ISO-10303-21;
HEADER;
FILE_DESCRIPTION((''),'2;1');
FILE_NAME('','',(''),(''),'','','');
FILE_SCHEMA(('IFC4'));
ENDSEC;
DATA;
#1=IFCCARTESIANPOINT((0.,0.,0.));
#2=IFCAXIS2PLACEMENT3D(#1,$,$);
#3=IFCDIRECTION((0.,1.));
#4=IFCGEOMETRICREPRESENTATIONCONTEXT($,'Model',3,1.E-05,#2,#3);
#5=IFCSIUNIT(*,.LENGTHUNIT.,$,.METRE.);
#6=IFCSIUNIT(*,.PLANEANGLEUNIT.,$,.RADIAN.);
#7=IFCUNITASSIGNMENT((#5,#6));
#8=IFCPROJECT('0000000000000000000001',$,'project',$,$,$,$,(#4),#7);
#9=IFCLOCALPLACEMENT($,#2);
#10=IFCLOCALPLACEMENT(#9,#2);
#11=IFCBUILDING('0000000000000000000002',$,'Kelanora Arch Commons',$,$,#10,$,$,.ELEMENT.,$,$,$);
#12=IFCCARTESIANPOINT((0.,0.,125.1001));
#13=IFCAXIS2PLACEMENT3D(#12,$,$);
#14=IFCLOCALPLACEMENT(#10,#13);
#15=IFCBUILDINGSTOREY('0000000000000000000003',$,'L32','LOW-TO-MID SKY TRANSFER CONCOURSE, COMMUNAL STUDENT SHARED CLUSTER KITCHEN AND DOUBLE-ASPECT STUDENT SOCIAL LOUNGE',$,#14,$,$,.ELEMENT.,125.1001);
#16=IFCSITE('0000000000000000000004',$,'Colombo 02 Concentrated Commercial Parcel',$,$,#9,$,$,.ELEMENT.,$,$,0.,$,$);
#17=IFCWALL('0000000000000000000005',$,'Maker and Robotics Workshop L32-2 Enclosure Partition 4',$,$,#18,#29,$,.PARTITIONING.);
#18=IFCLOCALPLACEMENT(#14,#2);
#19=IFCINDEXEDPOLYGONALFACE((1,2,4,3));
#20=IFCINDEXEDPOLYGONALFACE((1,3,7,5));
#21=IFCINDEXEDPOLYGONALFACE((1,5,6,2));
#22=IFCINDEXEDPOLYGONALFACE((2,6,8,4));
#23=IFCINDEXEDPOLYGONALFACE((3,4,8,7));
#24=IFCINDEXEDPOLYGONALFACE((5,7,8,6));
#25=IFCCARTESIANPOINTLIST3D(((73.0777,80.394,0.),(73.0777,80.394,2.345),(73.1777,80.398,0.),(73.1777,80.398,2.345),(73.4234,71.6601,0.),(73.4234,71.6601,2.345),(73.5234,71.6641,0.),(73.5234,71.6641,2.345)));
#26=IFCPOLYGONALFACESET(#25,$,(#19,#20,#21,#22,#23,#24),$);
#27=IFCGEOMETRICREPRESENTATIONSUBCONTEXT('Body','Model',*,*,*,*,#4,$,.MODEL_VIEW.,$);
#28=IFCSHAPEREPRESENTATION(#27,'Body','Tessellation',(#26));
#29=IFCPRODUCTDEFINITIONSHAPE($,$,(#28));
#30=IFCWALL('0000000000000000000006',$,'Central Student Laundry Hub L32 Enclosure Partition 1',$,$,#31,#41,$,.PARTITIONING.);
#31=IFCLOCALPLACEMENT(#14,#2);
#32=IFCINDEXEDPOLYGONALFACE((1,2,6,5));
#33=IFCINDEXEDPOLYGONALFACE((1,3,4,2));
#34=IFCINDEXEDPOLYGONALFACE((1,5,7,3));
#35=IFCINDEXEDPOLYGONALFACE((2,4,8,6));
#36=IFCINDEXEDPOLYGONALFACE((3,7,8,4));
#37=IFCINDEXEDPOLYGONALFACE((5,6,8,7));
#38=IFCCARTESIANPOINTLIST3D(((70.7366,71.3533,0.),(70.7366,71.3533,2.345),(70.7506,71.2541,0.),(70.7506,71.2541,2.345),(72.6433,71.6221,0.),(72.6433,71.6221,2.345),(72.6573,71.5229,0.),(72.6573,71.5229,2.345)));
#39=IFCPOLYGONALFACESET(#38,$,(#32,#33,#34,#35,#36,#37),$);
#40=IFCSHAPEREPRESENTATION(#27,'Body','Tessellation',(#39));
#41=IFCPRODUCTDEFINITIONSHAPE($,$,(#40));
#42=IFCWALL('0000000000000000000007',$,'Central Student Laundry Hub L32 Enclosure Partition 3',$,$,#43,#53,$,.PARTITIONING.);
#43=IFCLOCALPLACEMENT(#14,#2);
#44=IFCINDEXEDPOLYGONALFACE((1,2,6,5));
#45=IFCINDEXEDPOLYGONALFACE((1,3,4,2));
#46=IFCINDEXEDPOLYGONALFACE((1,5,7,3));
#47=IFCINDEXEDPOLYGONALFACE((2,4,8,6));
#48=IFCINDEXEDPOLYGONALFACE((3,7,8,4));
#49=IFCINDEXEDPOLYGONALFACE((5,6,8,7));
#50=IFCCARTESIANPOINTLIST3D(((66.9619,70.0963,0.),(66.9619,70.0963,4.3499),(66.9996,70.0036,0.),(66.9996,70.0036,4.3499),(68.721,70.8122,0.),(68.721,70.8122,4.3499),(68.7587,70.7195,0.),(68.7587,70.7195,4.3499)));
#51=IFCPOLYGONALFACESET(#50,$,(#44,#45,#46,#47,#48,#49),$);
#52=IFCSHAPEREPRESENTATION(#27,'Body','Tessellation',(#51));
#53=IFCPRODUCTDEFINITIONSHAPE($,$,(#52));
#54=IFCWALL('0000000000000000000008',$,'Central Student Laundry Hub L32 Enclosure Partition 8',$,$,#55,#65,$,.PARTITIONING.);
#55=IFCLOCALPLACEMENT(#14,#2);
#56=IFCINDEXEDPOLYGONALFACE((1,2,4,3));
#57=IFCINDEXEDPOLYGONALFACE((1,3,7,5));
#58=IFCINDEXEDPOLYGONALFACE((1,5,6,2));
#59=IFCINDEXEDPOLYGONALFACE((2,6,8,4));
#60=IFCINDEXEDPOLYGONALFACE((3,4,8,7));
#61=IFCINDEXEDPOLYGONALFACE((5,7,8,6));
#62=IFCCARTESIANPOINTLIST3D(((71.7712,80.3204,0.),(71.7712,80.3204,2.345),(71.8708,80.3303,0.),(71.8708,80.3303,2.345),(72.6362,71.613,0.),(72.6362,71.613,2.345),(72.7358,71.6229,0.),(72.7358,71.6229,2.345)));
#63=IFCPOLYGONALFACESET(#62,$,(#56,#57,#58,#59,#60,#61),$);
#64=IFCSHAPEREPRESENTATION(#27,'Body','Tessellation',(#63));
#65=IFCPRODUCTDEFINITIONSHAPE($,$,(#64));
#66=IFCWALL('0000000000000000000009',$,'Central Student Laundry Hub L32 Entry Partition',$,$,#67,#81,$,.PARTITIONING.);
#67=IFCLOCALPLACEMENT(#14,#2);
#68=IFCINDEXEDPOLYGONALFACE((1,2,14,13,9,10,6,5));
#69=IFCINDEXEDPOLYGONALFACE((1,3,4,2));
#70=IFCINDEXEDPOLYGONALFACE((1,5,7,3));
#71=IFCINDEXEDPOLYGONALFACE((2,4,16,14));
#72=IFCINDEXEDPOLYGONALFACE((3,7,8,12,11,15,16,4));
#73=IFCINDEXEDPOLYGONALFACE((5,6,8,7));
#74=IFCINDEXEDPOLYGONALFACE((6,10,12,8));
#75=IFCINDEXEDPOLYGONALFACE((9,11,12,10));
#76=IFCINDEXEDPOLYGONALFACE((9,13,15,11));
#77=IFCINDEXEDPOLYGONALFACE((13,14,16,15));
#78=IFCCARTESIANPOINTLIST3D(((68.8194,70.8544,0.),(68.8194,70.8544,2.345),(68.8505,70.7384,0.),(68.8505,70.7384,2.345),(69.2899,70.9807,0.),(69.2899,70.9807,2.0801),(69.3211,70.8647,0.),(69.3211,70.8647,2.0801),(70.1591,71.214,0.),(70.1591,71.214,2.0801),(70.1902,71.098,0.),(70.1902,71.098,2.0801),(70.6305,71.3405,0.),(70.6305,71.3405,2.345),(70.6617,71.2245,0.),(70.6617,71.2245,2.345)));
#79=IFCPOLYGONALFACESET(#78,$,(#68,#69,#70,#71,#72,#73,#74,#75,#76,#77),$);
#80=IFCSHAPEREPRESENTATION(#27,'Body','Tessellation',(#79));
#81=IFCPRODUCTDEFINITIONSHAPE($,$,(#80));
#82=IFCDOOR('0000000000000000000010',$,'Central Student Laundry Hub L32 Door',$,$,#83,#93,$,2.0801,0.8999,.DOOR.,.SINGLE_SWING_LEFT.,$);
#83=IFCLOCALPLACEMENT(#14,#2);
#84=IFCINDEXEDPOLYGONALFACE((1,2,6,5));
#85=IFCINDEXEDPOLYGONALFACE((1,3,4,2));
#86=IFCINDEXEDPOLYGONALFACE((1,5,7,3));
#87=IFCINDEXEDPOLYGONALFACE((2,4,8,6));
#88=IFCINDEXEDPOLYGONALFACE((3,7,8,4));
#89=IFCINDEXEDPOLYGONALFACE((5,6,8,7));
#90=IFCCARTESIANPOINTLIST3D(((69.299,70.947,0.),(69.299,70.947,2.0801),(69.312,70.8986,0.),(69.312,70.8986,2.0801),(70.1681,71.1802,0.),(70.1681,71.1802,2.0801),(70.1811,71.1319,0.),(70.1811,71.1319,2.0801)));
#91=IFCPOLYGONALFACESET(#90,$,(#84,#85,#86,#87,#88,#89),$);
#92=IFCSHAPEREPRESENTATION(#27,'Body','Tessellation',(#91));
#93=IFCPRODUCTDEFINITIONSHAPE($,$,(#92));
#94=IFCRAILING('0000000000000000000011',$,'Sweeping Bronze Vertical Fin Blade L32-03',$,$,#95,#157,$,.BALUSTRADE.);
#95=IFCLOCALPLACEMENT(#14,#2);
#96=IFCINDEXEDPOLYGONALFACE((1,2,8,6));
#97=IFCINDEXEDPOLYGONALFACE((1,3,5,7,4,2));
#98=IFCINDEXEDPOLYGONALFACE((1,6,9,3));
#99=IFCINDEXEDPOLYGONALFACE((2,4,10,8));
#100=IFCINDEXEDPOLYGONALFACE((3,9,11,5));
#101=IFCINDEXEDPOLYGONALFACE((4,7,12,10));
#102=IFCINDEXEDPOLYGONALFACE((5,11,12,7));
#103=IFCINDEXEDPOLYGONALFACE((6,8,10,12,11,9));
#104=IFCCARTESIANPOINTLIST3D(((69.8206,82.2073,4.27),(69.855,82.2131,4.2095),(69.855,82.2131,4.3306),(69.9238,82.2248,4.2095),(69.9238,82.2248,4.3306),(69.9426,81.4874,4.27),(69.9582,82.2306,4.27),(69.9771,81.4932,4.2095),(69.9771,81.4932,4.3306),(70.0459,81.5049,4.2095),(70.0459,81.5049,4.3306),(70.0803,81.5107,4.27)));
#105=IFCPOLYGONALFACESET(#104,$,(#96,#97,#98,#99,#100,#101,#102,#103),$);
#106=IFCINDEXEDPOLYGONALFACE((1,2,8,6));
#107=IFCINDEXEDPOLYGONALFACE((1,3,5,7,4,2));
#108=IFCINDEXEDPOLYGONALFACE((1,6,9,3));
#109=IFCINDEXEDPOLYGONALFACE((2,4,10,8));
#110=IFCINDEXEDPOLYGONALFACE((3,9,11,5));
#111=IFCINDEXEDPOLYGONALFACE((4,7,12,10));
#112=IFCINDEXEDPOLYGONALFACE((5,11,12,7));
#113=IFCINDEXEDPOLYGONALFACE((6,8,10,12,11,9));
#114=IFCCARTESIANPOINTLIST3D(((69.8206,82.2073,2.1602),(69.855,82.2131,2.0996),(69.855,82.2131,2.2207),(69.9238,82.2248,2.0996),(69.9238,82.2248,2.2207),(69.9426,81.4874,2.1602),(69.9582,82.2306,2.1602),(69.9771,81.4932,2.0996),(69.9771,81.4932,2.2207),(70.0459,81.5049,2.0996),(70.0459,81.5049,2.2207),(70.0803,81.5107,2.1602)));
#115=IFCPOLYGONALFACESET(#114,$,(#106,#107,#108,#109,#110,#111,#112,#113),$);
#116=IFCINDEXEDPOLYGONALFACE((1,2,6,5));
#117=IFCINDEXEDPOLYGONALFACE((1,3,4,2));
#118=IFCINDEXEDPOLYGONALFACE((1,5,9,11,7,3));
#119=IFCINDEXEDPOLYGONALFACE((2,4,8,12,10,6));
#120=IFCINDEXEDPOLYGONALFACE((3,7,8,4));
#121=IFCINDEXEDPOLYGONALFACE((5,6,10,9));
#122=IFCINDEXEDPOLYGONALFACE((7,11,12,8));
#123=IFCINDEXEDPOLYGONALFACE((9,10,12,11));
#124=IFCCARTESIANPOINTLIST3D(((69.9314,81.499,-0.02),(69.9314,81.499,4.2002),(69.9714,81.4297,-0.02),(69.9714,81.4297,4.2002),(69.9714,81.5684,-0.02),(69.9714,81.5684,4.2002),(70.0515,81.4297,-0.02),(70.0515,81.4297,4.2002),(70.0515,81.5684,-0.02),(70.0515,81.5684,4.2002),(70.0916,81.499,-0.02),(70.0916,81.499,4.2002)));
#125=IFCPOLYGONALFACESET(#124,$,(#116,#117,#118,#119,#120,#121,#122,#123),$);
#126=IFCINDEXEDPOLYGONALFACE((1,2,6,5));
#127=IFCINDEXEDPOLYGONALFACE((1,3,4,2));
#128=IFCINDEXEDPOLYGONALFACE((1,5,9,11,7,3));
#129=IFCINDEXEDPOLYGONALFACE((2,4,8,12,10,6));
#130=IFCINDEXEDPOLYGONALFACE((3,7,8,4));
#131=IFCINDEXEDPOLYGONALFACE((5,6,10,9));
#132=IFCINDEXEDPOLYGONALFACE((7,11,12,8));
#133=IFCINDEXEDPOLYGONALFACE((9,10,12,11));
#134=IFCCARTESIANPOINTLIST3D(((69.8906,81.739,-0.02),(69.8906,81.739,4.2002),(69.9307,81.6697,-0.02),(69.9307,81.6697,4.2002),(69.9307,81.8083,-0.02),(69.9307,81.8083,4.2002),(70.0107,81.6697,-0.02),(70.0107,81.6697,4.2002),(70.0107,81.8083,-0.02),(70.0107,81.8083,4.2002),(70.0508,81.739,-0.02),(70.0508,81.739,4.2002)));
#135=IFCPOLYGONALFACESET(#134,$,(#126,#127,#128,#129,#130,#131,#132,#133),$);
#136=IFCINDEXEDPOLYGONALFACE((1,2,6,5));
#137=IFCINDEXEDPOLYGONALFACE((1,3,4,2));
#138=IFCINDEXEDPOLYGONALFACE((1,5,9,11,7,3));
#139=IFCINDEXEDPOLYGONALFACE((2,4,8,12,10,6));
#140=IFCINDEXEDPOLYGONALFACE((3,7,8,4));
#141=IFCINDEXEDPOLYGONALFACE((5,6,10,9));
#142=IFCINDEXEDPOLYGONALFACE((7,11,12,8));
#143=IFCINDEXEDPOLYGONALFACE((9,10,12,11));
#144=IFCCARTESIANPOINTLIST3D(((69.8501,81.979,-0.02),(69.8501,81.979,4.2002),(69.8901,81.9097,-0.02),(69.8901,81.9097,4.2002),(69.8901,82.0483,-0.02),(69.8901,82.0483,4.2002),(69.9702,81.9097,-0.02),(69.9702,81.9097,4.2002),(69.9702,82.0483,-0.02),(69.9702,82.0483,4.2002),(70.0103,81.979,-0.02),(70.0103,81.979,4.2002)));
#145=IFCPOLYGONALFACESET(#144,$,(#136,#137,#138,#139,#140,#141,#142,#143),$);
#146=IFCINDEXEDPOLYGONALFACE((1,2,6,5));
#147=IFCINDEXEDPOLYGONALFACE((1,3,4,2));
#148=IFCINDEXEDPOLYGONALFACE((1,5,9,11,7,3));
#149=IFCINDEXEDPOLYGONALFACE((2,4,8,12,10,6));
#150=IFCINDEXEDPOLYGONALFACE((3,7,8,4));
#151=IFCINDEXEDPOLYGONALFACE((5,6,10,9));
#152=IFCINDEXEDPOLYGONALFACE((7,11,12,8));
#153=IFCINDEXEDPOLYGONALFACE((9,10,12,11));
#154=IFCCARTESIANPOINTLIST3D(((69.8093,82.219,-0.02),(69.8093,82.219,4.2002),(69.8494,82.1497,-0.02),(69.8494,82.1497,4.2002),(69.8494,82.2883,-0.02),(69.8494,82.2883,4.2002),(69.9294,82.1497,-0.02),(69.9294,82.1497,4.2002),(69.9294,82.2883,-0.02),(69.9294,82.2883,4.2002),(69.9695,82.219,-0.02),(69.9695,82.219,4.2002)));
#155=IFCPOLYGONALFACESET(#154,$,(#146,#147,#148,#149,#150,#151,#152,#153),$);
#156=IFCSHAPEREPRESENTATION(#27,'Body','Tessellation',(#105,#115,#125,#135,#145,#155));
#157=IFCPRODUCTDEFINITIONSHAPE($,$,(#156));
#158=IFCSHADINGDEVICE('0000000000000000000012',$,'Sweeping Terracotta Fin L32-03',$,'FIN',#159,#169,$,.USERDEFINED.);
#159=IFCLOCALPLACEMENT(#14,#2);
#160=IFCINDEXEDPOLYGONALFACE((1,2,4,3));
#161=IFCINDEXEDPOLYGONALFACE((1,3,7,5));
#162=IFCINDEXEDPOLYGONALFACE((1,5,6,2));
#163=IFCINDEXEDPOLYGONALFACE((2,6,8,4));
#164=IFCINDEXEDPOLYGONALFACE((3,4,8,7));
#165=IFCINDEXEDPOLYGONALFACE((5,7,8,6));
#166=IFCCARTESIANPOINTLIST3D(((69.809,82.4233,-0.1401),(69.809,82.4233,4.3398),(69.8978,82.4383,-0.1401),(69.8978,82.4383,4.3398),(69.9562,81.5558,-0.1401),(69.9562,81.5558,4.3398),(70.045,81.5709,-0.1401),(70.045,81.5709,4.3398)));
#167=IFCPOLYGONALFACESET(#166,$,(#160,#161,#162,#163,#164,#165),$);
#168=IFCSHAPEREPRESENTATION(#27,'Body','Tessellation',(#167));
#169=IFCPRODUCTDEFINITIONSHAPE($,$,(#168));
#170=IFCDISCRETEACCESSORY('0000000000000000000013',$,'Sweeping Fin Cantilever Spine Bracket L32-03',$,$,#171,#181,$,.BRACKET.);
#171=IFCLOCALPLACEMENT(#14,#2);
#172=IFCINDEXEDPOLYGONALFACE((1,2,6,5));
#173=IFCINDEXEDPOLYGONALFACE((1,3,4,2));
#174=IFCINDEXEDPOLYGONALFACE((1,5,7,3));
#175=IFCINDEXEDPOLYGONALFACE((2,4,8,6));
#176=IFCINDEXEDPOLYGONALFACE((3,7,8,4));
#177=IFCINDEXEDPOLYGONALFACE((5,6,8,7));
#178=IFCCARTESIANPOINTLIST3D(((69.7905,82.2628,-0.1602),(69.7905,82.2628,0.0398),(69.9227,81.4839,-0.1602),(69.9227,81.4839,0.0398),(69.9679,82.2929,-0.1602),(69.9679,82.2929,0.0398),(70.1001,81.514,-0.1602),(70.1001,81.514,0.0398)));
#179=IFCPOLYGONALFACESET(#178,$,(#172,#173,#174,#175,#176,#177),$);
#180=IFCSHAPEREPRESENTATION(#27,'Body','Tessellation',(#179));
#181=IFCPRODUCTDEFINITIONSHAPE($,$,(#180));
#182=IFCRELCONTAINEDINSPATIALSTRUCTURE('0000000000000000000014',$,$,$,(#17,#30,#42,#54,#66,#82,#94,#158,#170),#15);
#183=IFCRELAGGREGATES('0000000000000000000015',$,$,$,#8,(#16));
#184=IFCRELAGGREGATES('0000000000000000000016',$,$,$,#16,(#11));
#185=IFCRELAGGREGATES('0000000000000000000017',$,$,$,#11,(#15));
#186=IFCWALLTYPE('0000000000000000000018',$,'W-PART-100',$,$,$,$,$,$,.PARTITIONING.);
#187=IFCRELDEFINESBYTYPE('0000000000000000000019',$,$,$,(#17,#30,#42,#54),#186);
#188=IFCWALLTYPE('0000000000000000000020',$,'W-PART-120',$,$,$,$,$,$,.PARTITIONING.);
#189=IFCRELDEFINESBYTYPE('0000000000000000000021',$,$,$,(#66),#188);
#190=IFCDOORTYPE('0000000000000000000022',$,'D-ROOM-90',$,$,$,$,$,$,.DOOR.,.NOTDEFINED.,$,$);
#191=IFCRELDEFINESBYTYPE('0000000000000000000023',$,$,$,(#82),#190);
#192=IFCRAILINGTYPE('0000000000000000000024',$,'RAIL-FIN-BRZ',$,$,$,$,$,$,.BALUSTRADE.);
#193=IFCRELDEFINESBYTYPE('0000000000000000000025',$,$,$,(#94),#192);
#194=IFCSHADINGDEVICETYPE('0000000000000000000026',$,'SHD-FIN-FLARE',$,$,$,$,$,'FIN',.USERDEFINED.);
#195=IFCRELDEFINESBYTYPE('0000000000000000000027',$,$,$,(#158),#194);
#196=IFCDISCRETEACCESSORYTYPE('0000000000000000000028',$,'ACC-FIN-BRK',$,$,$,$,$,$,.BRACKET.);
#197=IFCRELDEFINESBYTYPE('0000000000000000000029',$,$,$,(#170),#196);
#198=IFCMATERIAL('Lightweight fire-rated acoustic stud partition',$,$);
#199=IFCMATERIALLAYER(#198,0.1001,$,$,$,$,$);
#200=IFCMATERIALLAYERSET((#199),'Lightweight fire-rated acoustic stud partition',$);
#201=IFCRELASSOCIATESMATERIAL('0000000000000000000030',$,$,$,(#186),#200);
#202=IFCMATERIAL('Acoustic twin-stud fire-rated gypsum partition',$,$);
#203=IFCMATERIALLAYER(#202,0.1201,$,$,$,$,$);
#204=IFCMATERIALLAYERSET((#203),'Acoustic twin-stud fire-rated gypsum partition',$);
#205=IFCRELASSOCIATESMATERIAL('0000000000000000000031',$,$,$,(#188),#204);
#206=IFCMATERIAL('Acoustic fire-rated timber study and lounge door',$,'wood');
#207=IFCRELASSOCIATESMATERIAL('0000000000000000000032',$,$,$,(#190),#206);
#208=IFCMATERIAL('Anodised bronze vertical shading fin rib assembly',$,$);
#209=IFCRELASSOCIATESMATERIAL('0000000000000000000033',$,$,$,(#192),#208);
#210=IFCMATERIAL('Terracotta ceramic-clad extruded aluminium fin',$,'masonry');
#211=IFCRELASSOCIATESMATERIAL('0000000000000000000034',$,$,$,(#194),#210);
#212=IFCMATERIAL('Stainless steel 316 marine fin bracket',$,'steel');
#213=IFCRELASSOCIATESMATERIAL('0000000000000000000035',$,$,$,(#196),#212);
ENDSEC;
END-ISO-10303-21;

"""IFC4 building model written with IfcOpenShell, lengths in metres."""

from ifc_helpers import new_model, si_unit, direction, frame, frame_2d, origin, origin_2d, place, context, subcontext, project, spatial, polyline, rectangle, outline, extrude, source, transform, mapped, material, layer, layer_set, type_object, element, fill, save


model = new_model("IFC4")

# Units and contexts
model_context = context("Model", 3, precision=1e-05, world=origin(), true_north=direction((0.0, 1.0)))
body_context = subcontext(model_context, "Body", "Model", "MODEL_VIEW")
ifc_project = project(units=[si_unit("LENGTHUNIT", "METRE"), si_unit("PLANEANGLEUNIT", "RADIAN")], contexts=[model_context])

# Site, building, storey
site_placement = place(None, origin())
site = spatial("IfcSite", under=ifc_project, at=site_placement, Name="Colombo 02 Concentrated Commercial Parcel", CompositionType="ELEMENT", RefElevation=0.0)
building_placement = place(site_placement, origin())
building = spatial("IfcBuilding", under=site, at=building_placement, Name="Kelanora Arch Commons", CompositionType="ELEMENT")
storey_placement = place(building_placement, frame((0.0, 0.0, 125.1001)))
storey = spatial("IfcBuildingStorey", under=building, at=storey_placement, Name="L32", Description="LOW-TO-MID SKY TRANSFER CONCOURSE, COMMUNAL STUDENT SHARED CLUSTER KITCHEN AND DOUBLE-ASPECT STUDENT SOCIAL LOUNGE", CompositionType="ELEMENT", Elevation=125.1001)

# Walls
ifc_material_1 = material(Name="Lightweight fire-rated acoustic stud partition")
ifc_layer_1 = layer(ifc_material_1, 0.1001)
ifc_layer_set_1 = layer_set([ifc_layer_1], Name="Lightweight fire-rated acoustic stud partition")
wall_type_1 = type_object("IfcWallType", Name="W-PART-100", PredefinedType="PARTITIONING", material=ifc_layer_set_1)
wall_1_placement = place(storey_placement, frame((73.4734, 71.6621, 0.0), z_axis=(0.0, 0.0, 1.0), x_axis=(-0.039551, 0.999218, 0.0)))
element("IfcWall", 1, at=wall_1_placement, inside=storey, type_object=wall_type_1, Name="Maker and Robotics Workshop L32-2 Enclosure Partition 4", PredefinedType="PARTITIONING", context=body_context, shape_type="SweptSolid", body=[
    extrude(rectangle(XDim=8.7407, YDim=0.1001, at=frame_2d((4.3704, 0.0))), origin(), (0.0, 0.0, 1.0), 2.345),
])
wall_2_placement = place(storey_placement, frame((72.6504, 71.5725, 0.0), z_axis=(0.0, 0.0, 1.0), x_axis=(-0.990209, -0.139593, 0.0)))
element("IfcWall", 2, at=wall_2_placement, inside=storey, type_object=wall_type_1, Name="Central Student Laundry Hub L32 Enclosure Partition 1", PredefinedType="PARTITIONING", context=body_context, shape_type="SweptSolid", body=[
    extrude(rectangle(XDim=1.9255, YDim=0.1001, at=frame_2d((0.9629, 0.0))), origin(), (0.0, 0.0, 1.0), 2.345),
])
wall_3_placement = place(storey_placement, frame((68.74, 70.7659, 0.0), z_axis=(0.0, 0.0, 1.0), x_axis=(-0.926244, -0.376925, 0.0)))
element("IfcWall", 3, at=wall_3_placement, inside=storey, type_object=wall_type_1, Name="Central Student Laundry Hub L32 Enclosure Partition 3", PredefinedType="PARTITIONING", context=body_context, shape_type="SweptSolid", body=[
    extrude(rectangle(XDim=1.8992, YDim=0.1001, at=frame_2d((0.9497, 0.0))), origin(), (0.0, 0.0, 1.0), 4.3499),
])
wall_4_placement = place(storey_placement, frame((71.821, 80.3252, 0.0), z_axis=(0.0, 0.0, 1.0), x_axis=(0.098855, -0.995102, 0.0)))
element("IfcWall", 4, at=wall_4_placement, inside=storey, type_object=wall_type_1, Name="Central Student Laundry Hub L32 Enclosure Partition 8", PredefinedType="PARTITIONING", context=body_context, shape_type="SweptSolid", body=[
    extrude(rectangle(XDim=8.7502, YDim=0.1001, at=frame_2d((4.375, 0.0))), origin(), (0.0, 0.0, 1.0), 2.345),
])

# Wall, opening, door
ifc_material_2 = material(Name="Acoustic twin-stud fire-rated gypsum partition")
ifc_layer_2 = layer(ifc_material_2, 0.1201)
ifc_layer_set_2 = layer_set([ifc_layer_2], Name="Acoustic twin-stud fire-rated gypsum partition")
wall_type_2 = type_object("IfcWallType", Name="W-PART-120", PredefinedType="PARTITIONING", material=ifc_layer_set_2)
wall_5_placement = place(storey_placement, frame((70.646, 71.2825, 0.0), z_axis=(0.0, 0.0, 1.0), x_axis=(-0.965817, -0.259226, 0.0)))
wall_5 = element("IfcWall", 5, at=wall_5_placement, inside=storey, type_object=wall_type_2, Name="Central Student Laundry Hub L32 Entry Partition", PredefinedType="PARTITIONING", context=body_context, shape_type="SweptSolid", body=[
    extrude(rectangle(XDim=1.8752, YDim=0.1201, at=frame_2d((0.9375, 0.0))), origin(), (0.0, 0.0, 1.0), 2.345),
])
opening_placement = place(wall_5_placement, frame((0.488, 0.0, 0.0)))
opening = element("IfcOpeningElement", 6, at=opening_placement, cuts=wall_5, PredefinedType="OPENING", context=body_context, shape_type="SweptSolid", body=[
    extrude(rectangle(XDim=0.8999, YDim=2.0801, at=frame_2d((0.45, 1.04))), frame((0.0, 0.0701, 0.0), z_axis=(0.0, -1.0, 0.0), x_axis=(1.0, 0.0, 0.0)), (0.0, 0.0, 1.0), 0.1401),
])
ifc_material_3 = material(Name="Acoustic fire-rated timber study and lounge door", Category="wood")
door_type = type_object("IfcDoorType", Name="D-ROOM-90", OperationType="NOTDEFINED", PredefinedType="DOOR", material=ifc_material_3)
door_placement = place(opening_placement, origin())
door = element("IfcDoor", 7, at=door_placement, inside=storey, type_object=door_type, Name="Central Student Laundry Hub L32 Door", OperationType="SINGLE_SWING_LEFT", OverallHeight=2.0801, OverallWidth=0.8999, PredefinedType="DOOR", context=body_context, shape_type="SweptSolid", body=[
    extrude(rectangle(XDim=0.8999, YDim=2.0801, at=frame_2d((0.45, 1.04))), frame((0.0, 0.0249, 0.0), z_axis=(0.0, -1.0, 0.0), x_axis=(1.0, 0.0, 0.0)), (0.0, 0.0, 1.0), 0.05),
])
fill(opening, door)

# Railing
ifc_material_4 = material(Name="Anodised bronze vertical shading fin rib assembly")
railing_type = type_object("IfcRailingType", Name="RAIL-FIN-BRZ", PredefinedType="BALUSTRADE", material=ifc_material_4)
railing_placement = place(storey_placement, frame((70.0115, 81.499, -0.02)))
element("IfcRailing", 8, at=railing_placement, inside=storey, type_object=railing_type, Name="Sweeping Bronze Vertical Fin Blade L32-03", PredefinedType="BALUSTRADE", context=body_context, shape_type="SweptSolid", body=[
    extrude(outline(polyline([(0.0698, 0.0), (0.0349, 0.0605), (-0.0349, 0.0605), (-0.0698, 0.0), (-0.0349, -0.0605), (0.0349, -0.0605), (0.0698, 0.0)])), frame((0.0, 0.0, 4.29), z_axis=(-0.167163, 0.985929, 0.0), x_axis=(-0.985929, -0.167163, 0.0)), (0.0, 0.0, 1.0), 0.7302),
    extrude(outline(polyline([(0.0698, 0.0), (0.0349, 0.0605), (-0.0349, 0.0605), (-0.0698, 0.0), (-0.0349, -0.0605), (0.0349, -0.0605), (0.0698, 0.0)])), frame((0.0, 0.0, 2.1802), z_axis=(-0.167163, 0.985929, 0.0), x_axis=(-0.985929, -0.167163, 0.0)), (0.0, 0.0, 1.0), 0.7302),
    extrude(outline(polyline([(0.0801, 0.0), (0.04, 0.0693), (-0.04, 0.0693), (-0.0801, 0.0), (-0.04, -0.0693), (0.04, -0.0693), (0.0801, 0.0)])), origin(), (0.0, 0.0, 1.0), 4.2202),
    extrude(outline(polyline([(0.0801, 0.0), (0.04, 0.0693), (-0.04, 0.0693), (-0.0801, 0.0), (-0.04, -0.0693), (0.04, -0.0693), (0.0801, 0.0)])), frame((-0.0408, 0.24, 0.0)), (0.0, 0.0, 1.0), 4.2202),
    extrude(outline(polyline([(0.0801, 0.0), (0.04, 0.0693), (-0.04, 0.0693), (-0.0801, 0.0), (-0.04, -0.0693), (0.04, -0.0693), (0.0801, 0.0)])), frame((-0.0813, 0.48, 0.0)), (0.0, 0.0, 1.0), 4.2202),
    extrude(outline(polyline([(0.0801, 0.0), (0.04, 0.0693), (-0.04, 0.0693), (-0.0801, 0.0), (-0.04, -0.0693), (0.04, -0.0693), (0.0801, 0.0)])), frame((-0.1221, 0.72, 0.0)), (0.0, 0.0, 1.0), 4.2202),
])

# Shading device
ifc_material_5 = material(Name="Terracotta ceramic-clad extruded aluminium fin", Category="masonry")
shading_device_type = type_object("IfcShadingDeviceType", Name="SHD-FIN-FLARE", ElementType="FIN", PredefinedType="USERDEFINED", material=ifc_material_5)
shared_shape_1 = source(origin(), body_context, "Body", "SweptSolid", [
    extrude(rectangle(XDim=0.8799, YDim=0.0901, at=origin_2d()), origin(), (0.0, 0.0, 1.0), 4.48),
])
shading_device_placement = place(storey_placement, frame((69.927, 81.9971, -0.1401), z_axis=(0.0, 0.0, 1.0), x_axis=(-0.167285, 0.985909, 0.0)))
element("IfcShadingDevice", 9, at=shading_device_placement, inside=storey, type_object=shading_device_type, Name="Sweeping Terracotta Fin L32-03", ObjectType="FIN", PredefinedType="USERDEFINED", context=body_context, shape_type="MappedRepresentation", body=[
    mapped(shared_shape_1, transform((0.0, 0.0, 0.0), scale=1.0)),
])

# Discrete accessory
ifc_material_6 = material(Name="Stainless steel 316 marine fin bracket", Category="steel")
discrete_accessory_type = type_object("IfcDiscreteAccessoryType", Name="ACC-FIN-BRK", PredefinedType="BRACKET", material=ifc_material_6)
shared_shape_2 = source(origin(), body_context, "Body", "SweptSolid", [
    extrude(rectangle(XDim=0.79, YDim=0.1799, at=origin_2d()), origin(), (0.0, 0.0, 1.0), 0.2),
])
discrete_accessory_placement = place(storey_placement, frame((69.9453, 81.8884, -0.1602), z_axis=(0.0, 0.0, 1.0), x_axis=(-0.167285, 0.985909, 0.0)))
element("IfcDiscreteAccessory", 10, at=discrete_accessory_placement, inside=storey, type_object=discrete_accessory_type, Name="Sweeping Fin Cantilever Spine Bracket L32-03", PredefinedType="BRACKET", context=body_context, shape_type="MappedRepresentation", body=[
    mapped(shared_shape_2, transform((0.0, 0.0, 0.0), scale=1.0)),
])

save(model, "model.ifc")
